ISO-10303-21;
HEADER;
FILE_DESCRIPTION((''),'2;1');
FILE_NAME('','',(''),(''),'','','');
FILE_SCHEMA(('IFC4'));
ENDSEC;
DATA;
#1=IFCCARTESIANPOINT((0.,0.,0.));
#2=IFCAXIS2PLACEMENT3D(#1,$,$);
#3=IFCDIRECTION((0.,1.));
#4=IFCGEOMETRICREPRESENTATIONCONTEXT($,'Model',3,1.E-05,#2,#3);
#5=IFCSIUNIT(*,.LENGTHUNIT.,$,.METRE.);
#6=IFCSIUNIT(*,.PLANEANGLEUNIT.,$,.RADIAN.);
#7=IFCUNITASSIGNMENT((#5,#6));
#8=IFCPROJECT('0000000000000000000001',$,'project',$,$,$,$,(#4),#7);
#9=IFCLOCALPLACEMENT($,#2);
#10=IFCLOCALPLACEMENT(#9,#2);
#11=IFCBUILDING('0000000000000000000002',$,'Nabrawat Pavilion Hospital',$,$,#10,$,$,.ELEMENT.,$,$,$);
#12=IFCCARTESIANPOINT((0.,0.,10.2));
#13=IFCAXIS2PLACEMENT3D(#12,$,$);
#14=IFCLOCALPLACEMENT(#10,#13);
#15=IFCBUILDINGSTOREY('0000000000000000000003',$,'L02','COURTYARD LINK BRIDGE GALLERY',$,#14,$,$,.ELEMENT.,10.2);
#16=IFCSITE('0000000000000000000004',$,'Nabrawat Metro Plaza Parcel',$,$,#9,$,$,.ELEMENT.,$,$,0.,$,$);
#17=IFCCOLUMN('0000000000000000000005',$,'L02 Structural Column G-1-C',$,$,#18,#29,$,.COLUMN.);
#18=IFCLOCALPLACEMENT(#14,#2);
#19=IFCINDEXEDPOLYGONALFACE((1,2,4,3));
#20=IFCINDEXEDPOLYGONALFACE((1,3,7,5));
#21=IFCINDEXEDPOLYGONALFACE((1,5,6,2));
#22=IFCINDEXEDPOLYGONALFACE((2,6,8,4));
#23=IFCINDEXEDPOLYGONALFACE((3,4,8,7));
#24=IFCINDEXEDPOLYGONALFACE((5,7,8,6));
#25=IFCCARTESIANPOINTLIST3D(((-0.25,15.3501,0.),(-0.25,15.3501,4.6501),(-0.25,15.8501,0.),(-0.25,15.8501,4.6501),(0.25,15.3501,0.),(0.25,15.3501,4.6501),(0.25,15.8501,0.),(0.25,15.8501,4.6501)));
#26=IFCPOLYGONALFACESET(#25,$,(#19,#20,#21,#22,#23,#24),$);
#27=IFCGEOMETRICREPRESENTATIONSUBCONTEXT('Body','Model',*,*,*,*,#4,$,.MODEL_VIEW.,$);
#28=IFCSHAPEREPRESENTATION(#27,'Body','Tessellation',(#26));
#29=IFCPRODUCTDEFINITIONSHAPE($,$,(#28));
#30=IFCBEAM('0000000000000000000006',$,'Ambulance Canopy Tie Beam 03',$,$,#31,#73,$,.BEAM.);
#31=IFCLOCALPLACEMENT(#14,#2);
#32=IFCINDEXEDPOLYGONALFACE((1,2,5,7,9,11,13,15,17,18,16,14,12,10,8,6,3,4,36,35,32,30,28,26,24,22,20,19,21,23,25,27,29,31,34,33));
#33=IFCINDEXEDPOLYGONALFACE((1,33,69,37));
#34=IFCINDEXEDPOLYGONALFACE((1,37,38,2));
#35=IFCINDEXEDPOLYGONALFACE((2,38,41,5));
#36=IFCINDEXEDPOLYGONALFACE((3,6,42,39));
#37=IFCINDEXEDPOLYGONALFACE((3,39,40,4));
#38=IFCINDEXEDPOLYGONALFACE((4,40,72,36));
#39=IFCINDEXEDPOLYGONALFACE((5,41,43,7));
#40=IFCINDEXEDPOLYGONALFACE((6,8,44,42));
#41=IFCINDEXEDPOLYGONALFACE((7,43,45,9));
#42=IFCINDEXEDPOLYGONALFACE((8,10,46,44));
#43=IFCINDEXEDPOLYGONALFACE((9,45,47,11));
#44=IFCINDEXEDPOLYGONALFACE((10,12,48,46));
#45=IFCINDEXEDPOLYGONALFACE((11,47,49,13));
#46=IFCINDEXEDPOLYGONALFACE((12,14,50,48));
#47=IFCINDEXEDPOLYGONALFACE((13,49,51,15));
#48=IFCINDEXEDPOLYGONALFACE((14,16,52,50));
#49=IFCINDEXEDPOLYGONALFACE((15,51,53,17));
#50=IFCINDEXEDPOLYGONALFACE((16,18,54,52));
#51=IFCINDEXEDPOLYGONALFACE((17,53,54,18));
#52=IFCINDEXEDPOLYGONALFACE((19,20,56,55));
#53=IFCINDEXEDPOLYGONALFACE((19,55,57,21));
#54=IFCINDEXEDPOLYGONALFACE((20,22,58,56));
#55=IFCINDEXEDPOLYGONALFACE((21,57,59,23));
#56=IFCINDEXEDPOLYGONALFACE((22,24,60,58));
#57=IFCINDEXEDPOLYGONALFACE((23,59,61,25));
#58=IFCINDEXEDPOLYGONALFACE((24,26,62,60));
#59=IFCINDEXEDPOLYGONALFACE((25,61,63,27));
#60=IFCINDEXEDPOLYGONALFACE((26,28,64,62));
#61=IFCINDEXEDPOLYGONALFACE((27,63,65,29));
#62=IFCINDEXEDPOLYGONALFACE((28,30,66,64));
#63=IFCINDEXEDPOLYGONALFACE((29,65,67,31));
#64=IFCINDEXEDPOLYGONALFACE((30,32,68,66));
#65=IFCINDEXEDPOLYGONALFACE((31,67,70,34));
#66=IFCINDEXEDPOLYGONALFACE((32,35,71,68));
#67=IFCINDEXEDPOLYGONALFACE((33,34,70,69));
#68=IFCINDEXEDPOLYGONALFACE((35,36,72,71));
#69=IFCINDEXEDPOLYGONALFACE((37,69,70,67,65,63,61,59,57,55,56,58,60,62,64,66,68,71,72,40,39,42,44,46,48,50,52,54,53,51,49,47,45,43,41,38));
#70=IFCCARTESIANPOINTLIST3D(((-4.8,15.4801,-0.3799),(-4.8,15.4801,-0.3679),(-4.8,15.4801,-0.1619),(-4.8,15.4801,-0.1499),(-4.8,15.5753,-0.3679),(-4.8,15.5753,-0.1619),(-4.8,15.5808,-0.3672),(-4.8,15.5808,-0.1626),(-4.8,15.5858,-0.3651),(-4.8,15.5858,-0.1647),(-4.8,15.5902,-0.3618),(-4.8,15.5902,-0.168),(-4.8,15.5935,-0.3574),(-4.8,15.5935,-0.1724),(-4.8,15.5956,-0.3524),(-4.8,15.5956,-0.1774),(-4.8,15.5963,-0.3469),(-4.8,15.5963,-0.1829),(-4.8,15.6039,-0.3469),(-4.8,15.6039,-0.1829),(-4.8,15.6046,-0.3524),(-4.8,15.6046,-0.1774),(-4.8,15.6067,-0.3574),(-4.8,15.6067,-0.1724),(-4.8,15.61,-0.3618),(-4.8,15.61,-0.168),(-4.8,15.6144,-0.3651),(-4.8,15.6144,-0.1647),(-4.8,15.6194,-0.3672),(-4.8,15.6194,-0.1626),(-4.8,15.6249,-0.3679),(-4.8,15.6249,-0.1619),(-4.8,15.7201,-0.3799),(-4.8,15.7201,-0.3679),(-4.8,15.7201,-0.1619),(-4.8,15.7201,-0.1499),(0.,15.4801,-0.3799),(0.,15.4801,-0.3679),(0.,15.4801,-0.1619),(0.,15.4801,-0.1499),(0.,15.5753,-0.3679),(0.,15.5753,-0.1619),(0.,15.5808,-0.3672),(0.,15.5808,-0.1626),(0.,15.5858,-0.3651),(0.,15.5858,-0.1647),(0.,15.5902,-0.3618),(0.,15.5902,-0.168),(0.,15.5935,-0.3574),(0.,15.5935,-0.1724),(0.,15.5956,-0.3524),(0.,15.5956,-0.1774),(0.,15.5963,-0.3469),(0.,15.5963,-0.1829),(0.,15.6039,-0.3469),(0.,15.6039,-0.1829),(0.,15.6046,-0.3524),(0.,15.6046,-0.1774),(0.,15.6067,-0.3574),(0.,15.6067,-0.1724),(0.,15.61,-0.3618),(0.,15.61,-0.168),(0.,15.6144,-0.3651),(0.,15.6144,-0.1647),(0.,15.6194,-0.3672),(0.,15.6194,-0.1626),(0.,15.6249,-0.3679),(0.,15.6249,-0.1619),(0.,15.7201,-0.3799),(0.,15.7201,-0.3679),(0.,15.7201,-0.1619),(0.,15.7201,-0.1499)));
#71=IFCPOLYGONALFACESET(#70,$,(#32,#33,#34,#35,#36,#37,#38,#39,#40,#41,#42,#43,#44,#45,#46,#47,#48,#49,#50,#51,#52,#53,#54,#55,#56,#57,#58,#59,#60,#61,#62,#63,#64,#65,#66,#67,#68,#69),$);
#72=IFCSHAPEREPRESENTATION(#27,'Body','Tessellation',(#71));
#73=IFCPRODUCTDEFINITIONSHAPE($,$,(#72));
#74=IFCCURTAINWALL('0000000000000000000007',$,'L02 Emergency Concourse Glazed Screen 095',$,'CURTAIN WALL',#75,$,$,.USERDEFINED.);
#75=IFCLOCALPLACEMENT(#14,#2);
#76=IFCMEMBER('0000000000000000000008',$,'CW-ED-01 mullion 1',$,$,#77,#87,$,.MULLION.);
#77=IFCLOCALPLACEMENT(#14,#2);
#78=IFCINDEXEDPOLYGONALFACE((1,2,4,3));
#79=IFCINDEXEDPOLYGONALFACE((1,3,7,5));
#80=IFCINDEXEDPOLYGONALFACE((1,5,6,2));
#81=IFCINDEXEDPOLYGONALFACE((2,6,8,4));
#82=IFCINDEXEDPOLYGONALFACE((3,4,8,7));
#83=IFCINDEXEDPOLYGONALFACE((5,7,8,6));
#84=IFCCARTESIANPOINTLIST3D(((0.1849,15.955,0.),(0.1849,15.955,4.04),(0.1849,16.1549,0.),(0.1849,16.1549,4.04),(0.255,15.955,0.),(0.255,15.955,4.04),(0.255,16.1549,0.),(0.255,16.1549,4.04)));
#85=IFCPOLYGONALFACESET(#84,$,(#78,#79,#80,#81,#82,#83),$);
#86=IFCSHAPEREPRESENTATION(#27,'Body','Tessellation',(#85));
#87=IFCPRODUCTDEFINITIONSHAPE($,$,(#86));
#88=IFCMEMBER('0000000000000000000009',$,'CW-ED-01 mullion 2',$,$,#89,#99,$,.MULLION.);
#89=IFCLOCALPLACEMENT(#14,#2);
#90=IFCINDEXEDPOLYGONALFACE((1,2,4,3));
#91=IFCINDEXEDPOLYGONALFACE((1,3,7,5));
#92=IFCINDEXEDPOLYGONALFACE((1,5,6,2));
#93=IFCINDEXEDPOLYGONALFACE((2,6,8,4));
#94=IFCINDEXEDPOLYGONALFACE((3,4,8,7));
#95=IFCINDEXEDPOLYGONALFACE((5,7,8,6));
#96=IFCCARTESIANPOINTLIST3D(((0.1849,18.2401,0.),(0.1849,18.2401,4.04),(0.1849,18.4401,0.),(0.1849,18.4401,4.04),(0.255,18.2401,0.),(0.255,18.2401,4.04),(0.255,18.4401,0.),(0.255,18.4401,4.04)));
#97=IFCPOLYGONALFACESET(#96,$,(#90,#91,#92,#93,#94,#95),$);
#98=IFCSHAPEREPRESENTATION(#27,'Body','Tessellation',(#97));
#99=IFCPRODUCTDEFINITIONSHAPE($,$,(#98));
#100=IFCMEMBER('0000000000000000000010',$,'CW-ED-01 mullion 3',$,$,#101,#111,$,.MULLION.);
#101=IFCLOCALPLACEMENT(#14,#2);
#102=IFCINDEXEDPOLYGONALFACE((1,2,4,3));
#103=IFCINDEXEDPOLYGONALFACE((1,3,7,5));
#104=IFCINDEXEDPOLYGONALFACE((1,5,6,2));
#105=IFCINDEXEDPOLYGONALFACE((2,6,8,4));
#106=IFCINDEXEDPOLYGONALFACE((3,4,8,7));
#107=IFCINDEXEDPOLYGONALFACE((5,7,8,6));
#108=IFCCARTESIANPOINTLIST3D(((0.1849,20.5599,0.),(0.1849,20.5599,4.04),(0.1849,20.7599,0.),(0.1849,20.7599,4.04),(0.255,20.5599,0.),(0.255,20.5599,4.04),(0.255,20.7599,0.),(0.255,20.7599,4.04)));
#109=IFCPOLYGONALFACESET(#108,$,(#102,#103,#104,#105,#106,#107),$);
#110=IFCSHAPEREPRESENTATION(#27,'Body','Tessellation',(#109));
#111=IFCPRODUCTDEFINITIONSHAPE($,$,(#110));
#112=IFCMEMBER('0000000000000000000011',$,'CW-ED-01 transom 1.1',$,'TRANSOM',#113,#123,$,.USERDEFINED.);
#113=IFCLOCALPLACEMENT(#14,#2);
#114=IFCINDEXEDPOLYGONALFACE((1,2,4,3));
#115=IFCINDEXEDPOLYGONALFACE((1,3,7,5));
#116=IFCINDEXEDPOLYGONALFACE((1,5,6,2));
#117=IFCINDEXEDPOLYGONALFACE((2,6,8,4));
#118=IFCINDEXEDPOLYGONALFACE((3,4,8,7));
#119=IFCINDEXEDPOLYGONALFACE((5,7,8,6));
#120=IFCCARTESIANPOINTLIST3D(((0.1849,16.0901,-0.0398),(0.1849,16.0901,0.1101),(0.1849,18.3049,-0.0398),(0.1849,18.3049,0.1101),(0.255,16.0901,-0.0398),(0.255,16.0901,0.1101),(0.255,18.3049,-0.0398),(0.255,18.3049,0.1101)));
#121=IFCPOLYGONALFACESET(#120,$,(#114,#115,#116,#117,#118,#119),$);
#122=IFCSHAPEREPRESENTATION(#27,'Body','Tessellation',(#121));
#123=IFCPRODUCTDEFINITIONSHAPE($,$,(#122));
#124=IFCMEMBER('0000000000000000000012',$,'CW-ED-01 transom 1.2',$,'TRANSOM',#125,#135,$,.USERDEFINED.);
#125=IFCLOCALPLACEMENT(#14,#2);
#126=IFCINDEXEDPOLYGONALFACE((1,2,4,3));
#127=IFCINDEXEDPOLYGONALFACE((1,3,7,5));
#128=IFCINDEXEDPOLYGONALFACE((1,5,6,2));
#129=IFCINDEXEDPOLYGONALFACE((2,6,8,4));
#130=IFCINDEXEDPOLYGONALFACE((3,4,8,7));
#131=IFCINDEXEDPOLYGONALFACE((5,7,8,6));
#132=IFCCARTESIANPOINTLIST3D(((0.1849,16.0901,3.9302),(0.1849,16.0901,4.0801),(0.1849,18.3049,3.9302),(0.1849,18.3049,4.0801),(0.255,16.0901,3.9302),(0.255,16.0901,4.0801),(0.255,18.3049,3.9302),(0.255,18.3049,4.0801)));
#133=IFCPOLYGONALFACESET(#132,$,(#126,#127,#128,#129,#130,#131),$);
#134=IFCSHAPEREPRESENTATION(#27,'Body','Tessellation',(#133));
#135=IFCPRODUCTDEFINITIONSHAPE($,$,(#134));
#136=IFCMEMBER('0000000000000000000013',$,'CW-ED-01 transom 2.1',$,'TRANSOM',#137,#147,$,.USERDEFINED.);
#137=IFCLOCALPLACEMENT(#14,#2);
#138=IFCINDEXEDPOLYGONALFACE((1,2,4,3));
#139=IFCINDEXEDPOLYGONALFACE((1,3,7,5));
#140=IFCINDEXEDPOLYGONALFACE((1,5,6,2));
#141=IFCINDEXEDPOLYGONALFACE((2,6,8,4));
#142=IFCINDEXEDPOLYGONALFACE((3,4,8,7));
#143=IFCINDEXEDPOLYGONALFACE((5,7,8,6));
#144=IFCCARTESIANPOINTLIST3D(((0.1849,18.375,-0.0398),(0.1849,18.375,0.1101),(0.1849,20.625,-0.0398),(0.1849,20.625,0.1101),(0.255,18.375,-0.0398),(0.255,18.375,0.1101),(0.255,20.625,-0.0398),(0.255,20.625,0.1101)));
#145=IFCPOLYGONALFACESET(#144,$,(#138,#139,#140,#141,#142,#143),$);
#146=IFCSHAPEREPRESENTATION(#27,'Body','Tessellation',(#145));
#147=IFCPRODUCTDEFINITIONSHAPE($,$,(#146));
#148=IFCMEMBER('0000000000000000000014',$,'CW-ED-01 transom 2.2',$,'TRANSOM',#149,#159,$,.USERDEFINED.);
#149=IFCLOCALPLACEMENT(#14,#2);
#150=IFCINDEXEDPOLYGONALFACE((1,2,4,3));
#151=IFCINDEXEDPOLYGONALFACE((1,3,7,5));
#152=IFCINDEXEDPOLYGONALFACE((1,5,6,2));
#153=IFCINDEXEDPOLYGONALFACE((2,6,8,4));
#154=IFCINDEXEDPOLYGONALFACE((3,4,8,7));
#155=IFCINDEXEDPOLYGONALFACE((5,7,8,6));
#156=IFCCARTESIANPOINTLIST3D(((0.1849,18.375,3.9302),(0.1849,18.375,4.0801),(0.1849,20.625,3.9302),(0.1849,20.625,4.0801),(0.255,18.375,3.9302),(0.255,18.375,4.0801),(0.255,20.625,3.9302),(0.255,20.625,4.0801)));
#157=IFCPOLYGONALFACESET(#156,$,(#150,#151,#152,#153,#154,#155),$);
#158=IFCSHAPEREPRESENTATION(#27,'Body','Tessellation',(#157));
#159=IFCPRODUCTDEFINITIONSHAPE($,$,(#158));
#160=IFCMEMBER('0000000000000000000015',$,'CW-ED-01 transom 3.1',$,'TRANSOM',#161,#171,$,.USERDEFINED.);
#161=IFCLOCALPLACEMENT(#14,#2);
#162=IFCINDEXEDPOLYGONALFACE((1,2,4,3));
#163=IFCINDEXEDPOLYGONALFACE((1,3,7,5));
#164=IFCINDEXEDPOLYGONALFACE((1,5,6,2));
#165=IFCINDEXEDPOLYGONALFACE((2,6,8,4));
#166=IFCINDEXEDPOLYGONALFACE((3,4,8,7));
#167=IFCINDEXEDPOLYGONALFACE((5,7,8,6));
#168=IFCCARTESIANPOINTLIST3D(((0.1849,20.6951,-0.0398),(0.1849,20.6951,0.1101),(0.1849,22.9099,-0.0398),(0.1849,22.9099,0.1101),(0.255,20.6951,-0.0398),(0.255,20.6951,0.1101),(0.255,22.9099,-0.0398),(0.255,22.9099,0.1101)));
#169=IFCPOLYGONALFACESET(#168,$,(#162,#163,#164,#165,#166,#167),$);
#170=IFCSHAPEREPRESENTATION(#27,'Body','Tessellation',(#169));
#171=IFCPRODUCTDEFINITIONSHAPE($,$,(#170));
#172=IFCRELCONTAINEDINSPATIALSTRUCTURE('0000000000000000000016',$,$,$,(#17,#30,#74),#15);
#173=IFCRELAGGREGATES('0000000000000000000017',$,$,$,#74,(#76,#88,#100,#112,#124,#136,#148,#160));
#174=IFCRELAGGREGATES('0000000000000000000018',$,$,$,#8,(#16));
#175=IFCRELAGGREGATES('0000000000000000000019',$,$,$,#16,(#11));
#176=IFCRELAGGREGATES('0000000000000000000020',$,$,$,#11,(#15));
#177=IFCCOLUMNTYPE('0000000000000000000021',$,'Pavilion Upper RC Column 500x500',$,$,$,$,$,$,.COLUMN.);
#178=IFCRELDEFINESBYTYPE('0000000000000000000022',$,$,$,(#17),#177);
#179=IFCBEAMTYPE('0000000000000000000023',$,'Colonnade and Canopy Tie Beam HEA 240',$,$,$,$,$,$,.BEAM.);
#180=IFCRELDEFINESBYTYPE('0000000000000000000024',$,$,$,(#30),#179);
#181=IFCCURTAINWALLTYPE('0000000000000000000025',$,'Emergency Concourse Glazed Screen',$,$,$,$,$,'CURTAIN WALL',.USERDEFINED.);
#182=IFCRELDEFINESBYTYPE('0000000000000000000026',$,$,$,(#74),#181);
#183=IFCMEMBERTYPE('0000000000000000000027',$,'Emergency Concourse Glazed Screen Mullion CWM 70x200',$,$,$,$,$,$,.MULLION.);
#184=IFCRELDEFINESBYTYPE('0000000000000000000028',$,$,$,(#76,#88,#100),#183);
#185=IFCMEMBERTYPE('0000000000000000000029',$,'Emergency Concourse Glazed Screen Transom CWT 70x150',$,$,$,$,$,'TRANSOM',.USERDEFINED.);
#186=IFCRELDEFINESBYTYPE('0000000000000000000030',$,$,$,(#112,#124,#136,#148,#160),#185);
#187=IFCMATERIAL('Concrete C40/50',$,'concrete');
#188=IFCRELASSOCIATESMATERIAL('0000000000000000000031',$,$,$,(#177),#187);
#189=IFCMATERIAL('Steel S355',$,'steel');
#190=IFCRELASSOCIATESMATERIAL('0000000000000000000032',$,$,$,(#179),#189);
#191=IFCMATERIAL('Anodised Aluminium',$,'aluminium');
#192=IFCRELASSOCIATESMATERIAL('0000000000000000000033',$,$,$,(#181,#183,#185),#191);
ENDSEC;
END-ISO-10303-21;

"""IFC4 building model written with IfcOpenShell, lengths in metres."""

from ifc_helpers import new_model, si_unit, direction, frame, origin, origin_2d, place, context, subcontext, project, spatial, rectangle, i_section, extrude, material, material_profile, profile_set, type_object, element, aggregate, save


model = new_model("IFC4")

# Units and contexts
model_context = context("Model", 3, precision=1e-05, world=origin(), true_north=direction((0.0, 1.0)))
body_context = subcontext(model_context, "Body", "Model", "MODEL_VIEW")
ifc_project = project(units=[si_unit("LENGTHUNIT", "METRE"), si_unit("PLANEANGLEUNIT", "RADIAN")], contexts=[model_context])

# Site, building, storey
site_placement = place(None, origin())
site = spatial("IfcSite", under=ifc_project, at=site_placement, Name="Nabrawat Metro Plaza Parcel", CompositionType="ELEMENT", RefElevation=0.0)
building_placement = place(site_placement, origin())
building = spatial("IfcBuilding", under=site, at=building_placement, Name="Nabrawat Pavilion Hospital", CompositionType="ELEMENT")
storey_placement = place(building_placement, frame((0.0, 0.0, 10.2)))
storey = spatial("IfcBuildingStorey", under=building, at=storey_placement, Name="L02", Description="COURTYARD LINK BRIDGE GALLERY", CompositionType="ELEMENT", Elevation=10.2)

# Column
ifc_material_1 = material(Name="Concrete C40/50", Category="concrete")
ifc_material_profile_1 = material_profile(ifc_material_1, rectangle(XDim=0.5, YDim=0.5, at=origin_2d()), Name="RC 500x500")
ifc_profile_set_1 = profile_set([ifc_material_profile_1], Name="Concrete C40/50")
column_type = type_object("IfcColumnType", Name="Pavilion Upper RC Column 500x500", PredefinedType="COLUMN", material=ifc_profile_set_1)
column_placement = place(storey_placement, frame((0.0, 15.6001, 0.0), z_axis=(0.0, 0.0, 1.0), x_axis=(1.0, 0.0, 0.0)))
element("IfcColumn", 1, at=column_placement, inside=storey, type_object=column_type, Name="L02 Structural Column G-1-C", PredefinedType="COLUMN", context=body_context, shape_type="SweptSolid", body=[
    extrude(rectangle(XDim=0.5, YDim=0.5, at=origin_2d()), origin(), (0.0, 0.0, 1.0), 4.6501),
])

# Beam
ifc_material_2 = material(Name="Steel S355", Category="steel")
ifc_material_profile_2 = material_profile(ifc_material_2, i_section(OverallWidth=0.24, OverallDepth=0.23, WebThickness=0.0076, FlangeThickness=0.012, FilletRadius=0.021, at=origin_2d()), Name="HEA 240")
ifc_profile_set_2 = profile_set([ifc_material_profile_2], Name="Steel S355")
beam_type_1 = type_object("IfcBeamType", Name="Colonnade and Canopy Tie Beam HEA 240", PredefinedType="BEAM", material=ifc_profile_set_2)
beam_1_placement = place(storey_placement, frame((-4.8, 15.6001, -0.2649), z_axis=(1.0, 0.0, 0.0), x_axis=(0.0, 1.0, 0.0)))
element("IfcBeam", 2, at=beam_1_placement, inside=storey, type_object=beam_type_1, Name="Ambulance Canopy Tie Beam 03", PredefinedType="BEAM", context=body_context, shape_type="SweptSolid", body=[
    extrude(i_section(OverallWidth=0.24, OverallDepth=0.23, WebThickness=0.0076, FlangeThickness=0.012, FilletRadius=0.021, at=origin_2d()), origin(), (0.0, 0.0, 1.0), 4.8),
])

# Curtain wall, members
ifc_material_3 = material(Name="Anodised Aluminium", Category="aluminium")
curtain_wall_type = type_object("IfcCurtainWallType", Name="Emergency Concourse Glazed Screen", ElementType="CURTAIN WALL", PredefinedType="USERDEFINED", material=ifc_material_3)
curtain_wall_placement = place(storey_placement, origin())
curtain_wall = element("IfcCurtainWall", 3, at=curtain_wall_placement, inside=storey, type_object=curtain_wall_type, Name="L02 Emergency Concourse Glazed Screen 095", ObjectType="CURTAIN WALL", PredefinedType="USERDEFINED")
ifc_material_profile_3 = material_profile(ifc_material_3, rectangle(XDim=0.0701, YDim=0.2, at=origin_2d()), Name="CWM 70x200")
ifc_profile_set_3 = profile_set([ifc_material_profile_3], Name="Anodised Aluminium")
member_type_1 = type_object("IfcMemberType", Name="Emergency Concourse Glazed Screen Mullion CWM 70x200", PredefinedType="MULLION", material=ifc_profile_set_3)
member_1_placement = place(storey_placement, frame((0.22, 16.0549, 0.0), z_axis=(0.0, 0.0, 1.0), x_axis=(-1.0, 0.0, 0.0)))
member_1 = element("IfcMember", 4, at=member_1_placement, type_object=member_type_1, Name="CW-ED-01 mullion 1", PredefinedType="MULLION", context=body_context, shape_type="SweptSolid", body=[
    extrude(rectangle(XDim=0.0701, YDim=0.2, at=origin_2d()), origin(), (0.0, 0.0, 1.0), 4.04),
])
member_2_placement = place(storey_placement, frame((0.22, 18.3401, 0.0), z_axis=(0.0, 0.0, 1.0), x_axis=(-1.0, 0.0, 0.0)))
member_2 = element("IfcMember", 5, at=member_2_placement, type_object=member_type_1, Name="CW-ED-01 mullion 2", PredefinedType="MULLION", context=body_context, shape_type="SweptSolid", body=[
    extrude(rectangle(XDim=0.0701, YDim=0.2, at=origin_2d()), origin(), (0.0, 0.0, 1.0), 4.04),
])
member_3_placement = place(storey_placement, frame((0.22, 20.6599, 0.0), z_axis=(0.0, 0.0, 1.0), x_axis=(-1.0, 0.0, 0.0)))
member_3 = element("IfcMember", 6, at=member_3_placement, type_object=member_type_1, Name="CW-ED-01 mullion 3", PredefinedType="MULLION", context=body_context, shape_type="SweptSolid", body=[
    extrude(rectangle(XDim=0.0701, YDim=0.2, at=origin_2d()), origin(), (0.0, 0.0, 1.0), 4.04),
])
ifc_material_profile_4 = material_profile(ifc_material_3, rectangle(XDim=0.0701, YDim=0.1499, at=origin_2d()), Name="CWT 70x150")
ifc_profile_set_4 = profile_set([ifc_material_profile_4], Name="Anodised Aluminium")
member_type_2 = type_object("IfcMemberType", Name="Emergency Concourse Glazed Screen Transom CWT 70x150", ElementType="TRANSOM", PredefinedType="USERDEFINED", material=ifc_profile_set_4)
member_4_placement = place(storey_placement, frame((0.22, 16.0901, 0.0352), z_axis=(0.0, 1.0, 0.0), x_axis=(-1.0, 0.0, 0.0)))
member_4 = element("IfcMember", 7, at=member_4_placement, type_object=member_type_2, Name="CW-ED-01 transom 1.1", ObjectType="TRANSOM", PredefinedType="USERDEFINED", context=body_context, shape_type="SweptSolid", body=[
    extrude(rectangle(XDim=0.0701, YDim=0.1499, at=origin_2d()), origin(), (0.0, 0.0, 1.0), 2.2148),
])
member_5_placement = place(storey_placement, frame((0.22, 16.0901, 4.0051), z_axis=(0.0, 1.0, 0.0), x_axis=(-1.0, 0.0, 0.0)))
member_5 = element("IfcMember", 8, at=member_5_placement, type_object=member_type_2, Name="CW-ED-01 transom 1.2", ObjectType="TRANSOM", PredefinedType="USERDEFINED", context=body_context, shape_type="SweptSolid", body=[
    extrude(rectangle(XDim=0.0701, YDim=0.1499, at=origin_2d()), origin(), (0.0, 0.0, 1.0), 2.2148),
])
member_6_placement = place(storey_placement, frame((0.22, 18.375, 0.0352), z_axis=(0.0, 1.0, 0.0), x_axis=(-1.0, 0.0, 0.0)))
member_6 = element("IfcMember", 9, at=member_6_placement, type_object=member_type_2, Name="CW-ED-01 transom 2.1", ObjectType="TRANSOM", PredefinedType="USERDEFINED", context=body_context, shape_type="SweptSolid", body=[
    extrude(rectangle(XDim=0.0701, YDim=0.1499, at=origin_2d()), origin(), (0.0, 0.0, 1.0), 2.25),
])
member_7_placement = place(storey_placement, frame((0.22, 18.375, 4.0051), z_axis=(0.0, 1.0, 0.0), x_axis=(-1.0, 0.0, 0.0)))
member_7 = element("IfcMember", 10, at=member_7_placement, type_object=member_type_2, Name="CW-ED-01 transom 2.2", ObjectType="TRANSOM", PredefinedType="USERDEFINED", context=body_context, shape_type="SweptSolid", body=[
    extrude(rectangle(XDim=0.0701, YDim=0.1499, at=origin_2d()), origin(), (0.0, 0.0, 1.0), 2.25),
])
member_8_placement = place(storey_placement, frame((0.22, 20.6951, 0.0352), z_axis=(0.0, 1.0, 0.0), x_axis=(-1.0, 0.0, 0.0)))
member_8 = element("IfcMember", 11, at=member_8_placement, type_object=member_type_2, Name="CW-ED-01 transom 3.1", ObjectType="TRANSOM", PredefinedType="USERDEFINED", context=body_context, shape_type="SweptSolid", body=[
    extrude(rectangle(XDim=0.0701, YDim=0.1499, at=origin_2d()), origin(), (0.0, 0.0, 1.0), 2.2148),
])

aggregate(curtain_wall, [member_1, member_2, member_3, member_4, member_5, member_6, member_7, member_8])

save(model, "model.ifc")
